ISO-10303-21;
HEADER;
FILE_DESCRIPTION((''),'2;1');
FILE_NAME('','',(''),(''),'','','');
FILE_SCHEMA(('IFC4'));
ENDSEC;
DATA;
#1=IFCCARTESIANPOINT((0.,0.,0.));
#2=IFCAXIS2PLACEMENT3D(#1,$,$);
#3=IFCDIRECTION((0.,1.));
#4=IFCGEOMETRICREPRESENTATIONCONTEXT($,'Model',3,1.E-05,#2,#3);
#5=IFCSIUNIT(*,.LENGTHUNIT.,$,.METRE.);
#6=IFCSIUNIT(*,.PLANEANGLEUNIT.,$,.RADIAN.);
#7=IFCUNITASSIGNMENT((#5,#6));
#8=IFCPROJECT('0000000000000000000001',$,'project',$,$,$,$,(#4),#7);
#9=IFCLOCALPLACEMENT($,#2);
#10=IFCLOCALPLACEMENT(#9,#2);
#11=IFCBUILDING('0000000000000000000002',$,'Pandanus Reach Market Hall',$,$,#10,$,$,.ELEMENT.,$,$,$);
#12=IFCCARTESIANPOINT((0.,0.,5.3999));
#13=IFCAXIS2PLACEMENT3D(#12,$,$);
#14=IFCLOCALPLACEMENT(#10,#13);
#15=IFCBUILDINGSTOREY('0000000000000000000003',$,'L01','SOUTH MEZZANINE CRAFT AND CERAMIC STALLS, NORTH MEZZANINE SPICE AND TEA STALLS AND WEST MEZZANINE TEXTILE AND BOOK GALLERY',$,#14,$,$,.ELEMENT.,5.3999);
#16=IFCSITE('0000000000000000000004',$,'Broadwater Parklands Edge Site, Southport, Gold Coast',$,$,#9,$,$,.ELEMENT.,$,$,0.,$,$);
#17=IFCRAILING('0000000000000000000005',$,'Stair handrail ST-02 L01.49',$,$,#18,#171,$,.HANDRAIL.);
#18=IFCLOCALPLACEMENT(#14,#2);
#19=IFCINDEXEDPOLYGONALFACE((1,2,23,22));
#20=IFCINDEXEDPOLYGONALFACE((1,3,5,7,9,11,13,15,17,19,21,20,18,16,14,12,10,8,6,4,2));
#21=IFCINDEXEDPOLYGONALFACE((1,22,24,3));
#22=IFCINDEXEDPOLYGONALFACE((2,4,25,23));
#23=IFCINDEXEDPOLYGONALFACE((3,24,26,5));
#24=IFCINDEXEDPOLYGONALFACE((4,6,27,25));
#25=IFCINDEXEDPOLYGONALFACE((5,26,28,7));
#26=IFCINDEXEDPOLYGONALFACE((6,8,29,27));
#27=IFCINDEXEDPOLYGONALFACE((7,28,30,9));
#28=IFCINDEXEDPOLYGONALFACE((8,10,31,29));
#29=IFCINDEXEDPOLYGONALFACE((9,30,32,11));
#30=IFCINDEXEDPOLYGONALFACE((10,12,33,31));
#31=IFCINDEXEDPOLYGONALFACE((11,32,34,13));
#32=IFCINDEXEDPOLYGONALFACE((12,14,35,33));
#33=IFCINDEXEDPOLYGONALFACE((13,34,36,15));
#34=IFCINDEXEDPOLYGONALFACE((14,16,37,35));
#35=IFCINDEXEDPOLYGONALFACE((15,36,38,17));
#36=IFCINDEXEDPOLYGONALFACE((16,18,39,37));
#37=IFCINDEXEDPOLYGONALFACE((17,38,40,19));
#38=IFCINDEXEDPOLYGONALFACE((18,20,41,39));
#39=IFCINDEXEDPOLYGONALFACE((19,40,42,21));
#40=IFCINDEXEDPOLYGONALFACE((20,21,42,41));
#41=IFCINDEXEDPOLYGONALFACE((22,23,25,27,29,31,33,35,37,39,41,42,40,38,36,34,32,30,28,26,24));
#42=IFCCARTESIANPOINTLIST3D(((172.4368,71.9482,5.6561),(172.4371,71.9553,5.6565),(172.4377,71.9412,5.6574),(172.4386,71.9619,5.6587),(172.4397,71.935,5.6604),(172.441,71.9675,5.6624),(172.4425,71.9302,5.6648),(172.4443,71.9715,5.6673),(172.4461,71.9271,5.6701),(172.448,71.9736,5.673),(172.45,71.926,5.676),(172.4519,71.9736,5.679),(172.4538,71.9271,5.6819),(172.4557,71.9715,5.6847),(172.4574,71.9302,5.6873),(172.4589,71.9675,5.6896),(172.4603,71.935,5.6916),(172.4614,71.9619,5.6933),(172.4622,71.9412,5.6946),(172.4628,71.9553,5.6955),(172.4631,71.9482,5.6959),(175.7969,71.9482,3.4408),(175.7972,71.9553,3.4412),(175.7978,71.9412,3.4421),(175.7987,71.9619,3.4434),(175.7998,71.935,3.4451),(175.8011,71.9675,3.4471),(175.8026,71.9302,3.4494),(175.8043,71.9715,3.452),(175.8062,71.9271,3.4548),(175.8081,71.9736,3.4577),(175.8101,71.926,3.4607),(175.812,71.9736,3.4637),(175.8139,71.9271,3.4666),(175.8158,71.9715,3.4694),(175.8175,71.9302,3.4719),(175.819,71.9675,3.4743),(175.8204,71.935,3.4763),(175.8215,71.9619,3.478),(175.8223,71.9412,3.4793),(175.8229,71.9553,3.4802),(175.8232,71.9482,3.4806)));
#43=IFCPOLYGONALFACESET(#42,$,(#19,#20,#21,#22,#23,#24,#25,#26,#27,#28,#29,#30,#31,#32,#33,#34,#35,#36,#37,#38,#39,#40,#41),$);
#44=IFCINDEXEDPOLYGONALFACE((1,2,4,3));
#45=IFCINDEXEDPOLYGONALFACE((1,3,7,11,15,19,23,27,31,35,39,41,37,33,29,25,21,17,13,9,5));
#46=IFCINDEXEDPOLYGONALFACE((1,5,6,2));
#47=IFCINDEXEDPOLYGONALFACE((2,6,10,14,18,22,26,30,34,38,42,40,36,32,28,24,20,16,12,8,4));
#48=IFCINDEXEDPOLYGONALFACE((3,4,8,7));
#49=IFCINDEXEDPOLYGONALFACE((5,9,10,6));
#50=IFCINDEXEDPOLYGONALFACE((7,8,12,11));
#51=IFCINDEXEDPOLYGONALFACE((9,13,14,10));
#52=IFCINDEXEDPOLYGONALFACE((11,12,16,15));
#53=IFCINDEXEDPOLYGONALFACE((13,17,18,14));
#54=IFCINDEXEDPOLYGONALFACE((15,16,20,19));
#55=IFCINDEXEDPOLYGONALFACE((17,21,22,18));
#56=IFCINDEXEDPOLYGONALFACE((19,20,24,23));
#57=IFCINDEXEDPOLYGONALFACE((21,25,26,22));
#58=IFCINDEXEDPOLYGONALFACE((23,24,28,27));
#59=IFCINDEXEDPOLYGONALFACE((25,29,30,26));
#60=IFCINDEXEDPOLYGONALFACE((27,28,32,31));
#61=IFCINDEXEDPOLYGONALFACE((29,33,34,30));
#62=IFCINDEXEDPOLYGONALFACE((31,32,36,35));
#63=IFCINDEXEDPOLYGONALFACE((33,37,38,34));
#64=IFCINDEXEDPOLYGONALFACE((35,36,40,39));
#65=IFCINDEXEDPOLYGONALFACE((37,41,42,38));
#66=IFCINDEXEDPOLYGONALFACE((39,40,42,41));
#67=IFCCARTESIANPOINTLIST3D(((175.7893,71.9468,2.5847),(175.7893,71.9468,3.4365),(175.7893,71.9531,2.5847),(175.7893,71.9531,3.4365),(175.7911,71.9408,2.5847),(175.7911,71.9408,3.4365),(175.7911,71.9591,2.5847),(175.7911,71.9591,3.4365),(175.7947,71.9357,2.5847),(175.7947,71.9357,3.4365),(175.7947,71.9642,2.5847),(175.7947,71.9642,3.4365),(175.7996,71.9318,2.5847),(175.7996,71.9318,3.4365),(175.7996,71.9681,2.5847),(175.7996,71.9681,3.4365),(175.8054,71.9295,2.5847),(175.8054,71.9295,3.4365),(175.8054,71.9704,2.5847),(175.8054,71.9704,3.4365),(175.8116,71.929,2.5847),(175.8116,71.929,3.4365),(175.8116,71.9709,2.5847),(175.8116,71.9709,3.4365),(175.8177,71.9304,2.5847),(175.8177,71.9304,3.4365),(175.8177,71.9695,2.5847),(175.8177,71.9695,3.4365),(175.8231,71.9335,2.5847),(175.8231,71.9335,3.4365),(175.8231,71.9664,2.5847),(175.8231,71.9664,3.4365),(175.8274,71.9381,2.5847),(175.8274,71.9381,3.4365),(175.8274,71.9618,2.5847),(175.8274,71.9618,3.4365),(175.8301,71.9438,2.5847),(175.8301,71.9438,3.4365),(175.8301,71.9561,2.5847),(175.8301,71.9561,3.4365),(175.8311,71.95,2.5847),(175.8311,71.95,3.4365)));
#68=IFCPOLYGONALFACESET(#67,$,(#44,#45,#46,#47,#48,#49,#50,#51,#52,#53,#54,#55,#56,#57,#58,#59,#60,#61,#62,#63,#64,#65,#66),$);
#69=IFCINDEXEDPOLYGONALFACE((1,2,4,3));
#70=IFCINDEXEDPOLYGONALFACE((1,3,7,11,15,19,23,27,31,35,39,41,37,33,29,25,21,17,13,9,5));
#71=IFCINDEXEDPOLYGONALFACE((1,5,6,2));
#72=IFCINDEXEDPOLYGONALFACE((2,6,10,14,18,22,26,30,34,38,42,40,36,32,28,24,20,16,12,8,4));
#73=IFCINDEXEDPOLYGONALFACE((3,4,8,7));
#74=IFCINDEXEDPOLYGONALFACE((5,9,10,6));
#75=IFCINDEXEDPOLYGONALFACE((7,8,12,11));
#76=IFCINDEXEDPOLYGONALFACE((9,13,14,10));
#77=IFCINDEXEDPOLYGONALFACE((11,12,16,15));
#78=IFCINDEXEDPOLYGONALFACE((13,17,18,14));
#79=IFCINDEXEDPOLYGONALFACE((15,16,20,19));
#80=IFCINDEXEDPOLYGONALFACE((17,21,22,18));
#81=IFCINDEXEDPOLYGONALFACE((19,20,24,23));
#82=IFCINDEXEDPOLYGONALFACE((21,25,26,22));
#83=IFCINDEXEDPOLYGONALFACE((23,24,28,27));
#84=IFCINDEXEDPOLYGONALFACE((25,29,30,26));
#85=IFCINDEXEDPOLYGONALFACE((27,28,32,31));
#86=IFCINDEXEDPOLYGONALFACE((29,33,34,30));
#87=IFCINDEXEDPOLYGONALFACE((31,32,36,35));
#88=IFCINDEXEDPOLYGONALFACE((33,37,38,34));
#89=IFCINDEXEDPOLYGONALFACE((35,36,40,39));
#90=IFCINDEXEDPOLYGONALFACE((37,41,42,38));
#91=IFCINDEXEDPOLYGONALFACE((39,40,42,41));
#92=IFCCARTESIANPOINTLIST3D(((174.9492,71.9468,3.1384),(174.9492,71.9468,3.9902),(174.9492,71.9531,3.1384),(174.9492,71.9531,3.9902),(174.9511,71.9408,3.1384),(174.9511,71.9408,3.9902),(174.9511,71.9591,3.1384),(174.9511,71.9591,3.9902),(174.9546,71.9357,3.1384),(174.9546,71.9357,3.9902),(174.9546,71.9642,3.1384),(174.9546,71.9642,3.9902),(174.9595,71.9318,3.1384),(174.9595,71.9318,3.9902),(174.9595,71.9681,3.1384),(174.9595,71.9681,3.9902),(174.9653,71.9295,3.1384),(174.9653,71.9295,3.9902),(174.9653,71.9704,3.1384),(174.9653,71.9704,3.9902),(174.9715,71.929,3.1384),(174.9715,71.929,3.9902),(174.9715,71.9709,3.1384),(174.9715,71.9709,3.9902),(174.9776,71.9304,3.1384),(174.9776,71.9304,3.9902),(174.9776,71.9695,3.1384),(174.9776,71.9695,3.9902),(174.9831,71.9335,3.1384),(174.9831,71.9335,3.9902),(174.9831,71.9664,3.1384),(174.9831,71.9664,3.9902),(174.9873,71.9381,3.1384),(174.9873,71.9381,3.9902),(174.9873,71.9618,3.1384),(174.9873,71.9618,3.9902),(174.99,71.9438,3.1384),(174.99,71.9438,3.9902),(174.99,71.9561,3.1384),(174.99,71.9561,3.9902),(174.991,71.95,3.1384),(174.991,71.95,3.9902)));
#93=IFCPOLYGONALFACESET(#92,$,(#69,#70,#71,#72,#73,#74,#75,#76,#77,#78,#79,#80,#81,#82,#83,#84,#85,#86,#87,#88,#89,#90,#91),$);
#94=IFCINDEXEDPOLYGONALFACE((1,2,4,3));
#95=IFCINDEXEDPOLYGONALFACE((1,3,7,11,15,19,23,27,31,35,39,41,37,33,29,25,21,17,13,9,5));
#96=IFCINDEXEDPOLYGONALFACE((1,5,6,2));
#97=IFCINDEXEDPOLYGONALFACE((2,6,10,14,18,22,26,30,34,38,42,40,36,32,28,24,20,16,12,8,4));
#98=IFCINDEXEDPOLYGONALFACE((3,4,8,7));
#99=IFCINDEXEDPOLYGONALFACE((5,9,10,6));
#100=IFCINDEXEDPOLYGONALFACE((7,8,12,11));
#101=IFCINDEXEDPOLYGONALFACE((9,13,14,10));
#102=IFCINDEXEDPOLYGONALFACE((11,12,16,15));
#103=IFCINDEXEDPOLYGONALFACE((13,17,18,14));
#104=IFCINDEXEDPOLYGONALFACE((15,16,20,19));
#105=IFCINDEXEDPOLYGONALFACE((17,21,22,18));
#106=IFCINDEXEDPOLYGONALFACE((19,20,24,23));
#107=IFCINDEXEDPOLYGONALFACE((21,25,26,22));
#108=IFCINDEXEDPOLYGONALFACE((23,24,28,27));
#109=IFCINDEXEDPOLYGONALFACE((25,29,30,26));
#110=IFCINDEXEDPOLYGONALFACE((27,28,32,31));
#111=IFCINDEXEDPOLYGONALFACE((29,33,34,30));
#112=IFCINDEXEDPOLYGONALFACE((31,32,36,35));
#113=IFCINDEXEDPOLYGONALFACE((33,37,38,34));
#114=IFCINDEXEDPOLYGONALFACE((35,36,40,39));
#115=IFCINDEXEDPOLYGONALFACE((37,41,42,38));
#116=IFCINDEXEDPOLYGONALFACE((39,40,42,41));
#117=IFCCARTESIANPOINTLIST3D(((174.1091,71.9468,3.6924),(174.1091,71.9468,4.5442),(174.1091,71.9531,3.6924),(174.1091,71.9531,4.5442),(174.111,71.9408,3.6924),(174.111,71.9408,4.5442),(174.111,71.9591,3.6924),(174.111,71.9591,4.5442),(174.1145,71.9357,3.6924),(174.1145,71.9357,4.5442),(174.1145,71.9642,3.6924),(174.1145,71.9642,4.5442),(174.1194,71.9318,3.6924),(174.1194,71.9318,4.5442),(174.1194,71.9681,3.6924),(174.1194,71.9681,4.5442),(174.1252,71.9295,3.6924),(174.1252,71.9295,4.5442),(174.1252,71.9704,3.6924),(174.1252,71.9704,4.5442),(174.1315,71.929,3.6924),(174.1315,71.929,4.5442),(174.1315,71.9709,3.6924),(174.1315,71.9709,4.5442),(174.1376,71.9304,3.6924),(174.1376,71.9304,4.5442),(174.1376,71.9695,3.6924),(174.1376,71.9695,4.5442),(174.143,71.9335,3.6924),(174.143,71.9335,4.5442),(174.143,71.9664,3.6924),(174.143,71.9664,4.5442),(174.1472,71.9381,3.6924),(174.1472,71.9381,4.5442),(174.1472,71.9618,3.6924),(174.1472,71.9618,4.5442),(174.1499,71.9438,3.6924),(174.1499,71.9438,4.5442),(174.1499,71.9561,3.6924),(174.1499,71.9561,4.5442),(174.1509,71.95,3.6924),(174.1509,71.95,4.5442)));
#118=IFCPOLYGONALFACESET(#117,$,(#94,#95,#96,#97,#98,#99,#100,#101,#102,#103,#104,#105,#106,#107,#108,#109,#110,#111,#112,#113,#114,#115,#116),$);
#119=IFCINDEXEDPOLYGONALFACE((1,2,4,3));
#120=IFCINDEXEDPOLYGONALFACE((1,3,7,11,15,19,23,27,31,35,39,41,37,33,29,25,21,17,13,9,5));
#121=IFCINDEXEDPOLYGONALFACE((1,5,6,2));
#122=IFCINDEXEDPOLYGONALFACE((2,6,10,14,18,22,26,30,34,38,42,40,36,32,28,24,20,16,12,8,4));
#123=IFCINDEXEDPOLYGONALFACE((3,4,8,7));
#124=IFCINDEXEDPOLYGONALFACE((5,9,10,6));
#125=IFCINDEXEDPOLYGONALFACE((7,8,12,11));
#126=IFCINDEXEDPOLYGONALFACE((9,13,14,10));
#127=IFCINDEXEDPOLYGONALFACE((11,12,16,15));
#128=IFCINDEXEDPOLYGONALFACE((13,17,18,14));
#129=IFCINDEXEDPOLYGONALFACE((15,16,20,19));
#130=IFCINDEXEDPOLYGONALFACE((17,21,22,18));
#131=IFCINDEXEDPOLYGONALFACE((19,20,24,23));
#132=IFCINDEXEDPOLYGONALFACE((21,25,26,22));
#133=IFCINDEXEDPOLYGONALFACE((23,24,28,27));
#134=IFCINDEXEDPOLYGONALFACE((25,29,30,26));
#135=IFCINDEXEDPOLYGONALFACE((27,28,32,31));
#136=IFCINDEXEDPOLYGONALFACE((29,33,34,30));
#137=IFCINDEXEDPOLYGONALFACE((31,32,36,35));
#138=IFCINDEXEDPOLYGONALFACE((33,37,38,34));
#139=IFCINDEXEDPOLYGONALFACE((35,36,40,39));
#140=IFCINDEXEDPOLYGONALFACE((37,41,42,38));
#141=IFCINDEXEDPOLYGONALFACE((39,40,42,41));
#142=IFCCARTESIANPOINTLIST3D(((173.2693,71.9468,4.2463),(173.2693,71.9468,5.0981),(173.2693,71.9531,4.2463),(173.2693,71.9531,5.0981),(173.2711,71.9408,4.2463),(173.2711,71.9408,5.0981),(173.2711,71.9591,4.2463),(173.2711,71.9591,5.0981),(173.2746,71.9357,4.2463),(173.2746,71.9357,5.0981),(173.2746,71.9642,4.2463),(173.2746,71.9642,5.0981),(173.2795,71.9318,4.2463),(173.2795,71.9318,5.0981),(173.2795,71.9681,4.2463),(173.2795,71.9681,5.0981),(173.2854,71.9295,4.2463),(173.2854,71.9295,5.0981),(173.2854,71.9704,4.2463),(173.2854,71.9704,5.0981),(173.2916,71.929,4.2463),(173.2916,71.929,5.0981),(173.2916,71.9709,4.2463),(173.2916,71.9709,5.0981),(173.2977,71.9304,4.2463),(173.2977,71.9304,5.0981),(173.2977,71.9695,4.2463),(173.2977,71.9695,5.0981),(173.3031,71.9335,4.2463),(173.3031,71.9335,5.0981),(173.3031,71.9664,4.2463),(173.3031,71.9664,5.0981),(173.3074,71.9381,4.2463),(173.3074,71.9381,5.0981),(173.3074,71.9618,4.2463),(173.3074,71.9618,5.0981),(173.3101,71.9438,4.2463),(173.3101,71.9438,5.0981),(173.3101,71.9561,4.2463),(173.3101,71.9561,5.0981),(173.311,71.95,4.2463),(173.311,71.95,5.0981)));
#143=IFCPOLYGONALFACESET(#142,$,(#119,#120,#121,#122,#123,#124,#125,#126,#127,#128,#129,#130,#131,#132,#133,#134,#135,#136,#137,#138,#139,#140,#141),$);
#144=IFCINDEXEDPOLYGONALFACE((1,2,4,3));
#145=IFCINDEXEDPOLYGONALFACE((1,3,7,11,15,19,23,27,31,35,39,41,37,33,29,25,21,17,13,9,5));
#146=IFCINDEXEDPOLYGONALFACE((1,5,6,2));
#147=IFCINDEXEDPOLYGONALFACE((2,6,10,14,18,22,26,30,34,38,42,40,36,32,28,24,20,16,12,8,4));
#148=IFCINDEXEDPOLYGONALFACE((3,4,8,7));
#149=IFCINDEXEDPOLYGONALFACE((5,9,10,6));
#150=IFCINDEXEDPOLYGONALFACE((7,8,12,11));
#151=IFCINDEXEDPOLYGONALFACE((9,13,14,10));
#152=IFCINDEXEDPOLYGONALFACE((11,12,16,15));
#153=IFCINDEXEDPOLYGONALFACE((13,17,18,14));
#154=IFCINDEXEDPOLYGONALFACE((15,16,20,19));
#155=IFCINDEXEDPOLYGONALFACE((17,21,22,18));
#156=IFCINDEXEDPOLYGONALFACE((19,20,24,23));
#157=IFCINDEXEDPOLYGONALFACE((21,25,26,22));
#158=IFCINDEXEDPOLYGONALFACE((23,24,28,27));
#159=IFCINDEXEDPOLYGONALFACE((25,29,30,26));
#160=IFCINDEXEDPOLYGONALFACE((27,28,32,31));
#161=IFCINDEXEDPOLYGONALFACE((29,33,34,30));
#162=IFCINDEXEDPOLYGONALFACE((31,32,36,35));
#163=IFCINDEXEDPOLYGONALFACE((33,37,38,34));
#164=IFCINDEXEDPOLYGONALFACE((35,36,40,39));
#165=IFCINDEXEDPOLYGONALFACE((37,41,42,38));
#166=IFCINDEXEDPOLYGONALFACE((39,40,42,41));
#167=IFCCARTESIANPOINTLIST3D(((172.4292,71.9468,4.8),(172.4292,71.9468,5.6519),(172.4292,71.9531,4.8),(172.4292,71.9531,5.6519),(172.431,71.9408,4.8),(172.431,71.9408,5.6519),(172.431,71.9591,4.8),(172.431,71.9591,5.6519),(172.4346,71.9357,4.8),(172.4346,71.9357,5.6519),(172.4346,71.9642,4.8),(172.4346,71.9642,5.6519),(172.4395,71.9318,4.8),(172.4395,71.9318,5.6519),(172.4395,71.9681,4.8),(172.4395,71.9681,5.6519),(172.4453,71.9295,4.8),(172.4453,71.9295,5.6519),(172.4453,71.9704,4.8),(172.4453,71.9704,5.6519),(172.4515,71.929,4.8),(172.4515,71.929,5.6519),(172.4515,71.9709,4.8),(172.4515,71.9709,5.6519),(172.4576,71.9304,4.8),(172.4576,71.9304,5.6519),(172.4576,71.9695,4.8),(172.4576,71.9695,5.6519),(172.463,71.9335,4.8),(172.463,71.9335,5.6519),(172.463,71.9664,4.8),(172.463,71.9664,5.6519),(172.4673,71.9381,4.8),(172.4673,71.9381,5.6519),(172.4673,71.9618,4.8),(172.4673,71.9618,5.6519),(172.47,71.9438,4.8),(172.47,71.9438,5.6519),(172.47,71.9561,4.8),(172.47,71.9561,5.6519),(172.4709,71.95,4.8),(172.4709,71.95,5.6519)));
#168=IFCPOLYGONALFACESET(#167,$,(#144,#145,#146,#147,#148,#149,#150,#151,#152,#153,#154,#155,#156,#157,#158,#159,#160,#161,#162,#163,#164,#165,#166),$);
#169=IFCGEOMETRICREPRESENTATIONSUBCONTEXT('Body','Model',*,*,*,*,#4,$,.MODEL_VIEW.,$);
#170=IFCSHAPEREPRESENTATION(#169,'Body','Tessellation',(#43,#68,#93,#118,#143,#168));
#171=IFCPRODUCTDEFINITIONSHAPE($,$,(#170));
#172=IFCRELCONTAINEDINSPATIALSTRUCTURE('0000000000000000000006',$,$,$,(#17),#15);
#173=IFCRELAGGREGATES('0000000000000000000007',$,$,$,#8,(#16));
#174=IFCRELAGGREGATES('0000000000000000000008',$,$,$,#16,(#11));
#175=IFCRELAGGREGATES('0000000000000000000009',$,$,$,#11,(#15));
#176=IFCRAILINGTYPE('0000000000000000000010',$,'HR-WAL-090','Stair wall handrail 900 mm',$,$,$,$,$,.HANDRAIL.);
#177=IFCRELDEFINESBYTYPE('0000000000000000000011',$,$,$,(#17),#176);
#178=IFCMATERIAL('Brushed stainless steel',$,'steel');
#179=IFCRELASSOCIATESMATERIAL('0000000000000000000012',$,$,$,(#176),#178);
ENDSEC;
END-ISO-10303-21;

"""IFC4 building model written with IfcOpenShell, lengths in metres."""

from ifc_helpers import new_model, si_unit, direction, frame, origin, origin_2d, place, context, subcontext, project, spatial, circle, extrude, material, type_object, element, save


model = new_model("IFC4")

# Units and contexts
model_context = context("Model", 3, precision=1e-05, world=origin(), true_north=direction((0.0, 1.0)))
body_context = subcontext(model_context, "Body", "Model", "MODEL_VIEW")
ifc_project = project(units=[si_unit("LENGTHUNIT", "METRE"), si_unit("PLANEANGLEUNIT", "RADIAN")], contexts=[model_context])

# Site, building, storey
site_placement = place(None, origin())
site = spatial("IfcSite", under=ifc_project, at=site_placement, Name="Broadwater Parklands Edge Site, Southport, Gold Coast", CompositionType="ELEMENT", RefElevation=0.0)
building_placement = place(site_placement, origin())
building = spatial("IfcBuilding", under=site, at=building_placement, Name="Pandanus Reach Market Hall", CompositionType="ELEMENT")
storey_placement = place(building_placement, frame((0.0, 0.0, 5.3999)))
storey = spatial("IfcBuildingStorey", under=building, at=storey_placement, Name="L01", Description="SOUTH MEZZANINE CRAFT AND CERAMIC STALLS, NORTH MEZZANINE SPICE AND TEA STALLS AND WEST MEZZANINE TEXTILE AND BOOK GALLERY", CompositionType="ELEMENT", Elevation=5.3999)

# Railing
ifc_material_1 = material(Name="Brushed stainless steel", Category="steel")
railing_type_1 = type_object("IfcRailingType", Name="HR-WAL-090", Description="Stair wall handrail 900 mm", PredefinedType="HANDRAIL", material=ifc_material_1)
railing_1_placement = place(storey_placement, frame((175.8101, 71.95, 2.5847)))
element("IfcRailing", 1, at=railing_1_placement, inside=storey, type_object=railing_type_1, Name="Stair handrail ST-02 L01.49", PredefinedType="HANDRAIL", context=body_context, shape_type="SweptSolid", body=[
    extrude(circle(Radius=0.0239, at=origin_2d()), frame((0.0, 0.0, 0.876), z_axis=(-0.834876, 0.0, 0.550437), x_axis=(0.0, -1.0, 0.0)), (0.0, 0.0, 1.0), 4.0247),
    extrude(circle(Radius=0.021, at=origin_2d()), origin(), (0.0, 0.0, 1.0), 0.8518),
    extrude(circle(Radius=0.021, at=origin_2d()), frame((-0.8401, 0.0, 0.5537)), (0.0, 0.0, 1.0), 0.8518),
    extrude(circle(Radius=0.021, at=origin_2d()), frame((-1.6802, 0.0, 1.1077)), (0.0, 0.0, 1.0), 0.8518),
    extrude(circle(Radius=0.021, at=origin_2d()), frame((-2.52, 0.0, 1.6616)), (0.0, 0.0, 1.0), 0.8518),
    extrude(circle(Radius=0.021, at=origin_2d()), frame((-3.3601, 0.0, 2.2153)), (0.0, 0.0, 1.0), 0.8518),
])

save(model, "model.ifc")
